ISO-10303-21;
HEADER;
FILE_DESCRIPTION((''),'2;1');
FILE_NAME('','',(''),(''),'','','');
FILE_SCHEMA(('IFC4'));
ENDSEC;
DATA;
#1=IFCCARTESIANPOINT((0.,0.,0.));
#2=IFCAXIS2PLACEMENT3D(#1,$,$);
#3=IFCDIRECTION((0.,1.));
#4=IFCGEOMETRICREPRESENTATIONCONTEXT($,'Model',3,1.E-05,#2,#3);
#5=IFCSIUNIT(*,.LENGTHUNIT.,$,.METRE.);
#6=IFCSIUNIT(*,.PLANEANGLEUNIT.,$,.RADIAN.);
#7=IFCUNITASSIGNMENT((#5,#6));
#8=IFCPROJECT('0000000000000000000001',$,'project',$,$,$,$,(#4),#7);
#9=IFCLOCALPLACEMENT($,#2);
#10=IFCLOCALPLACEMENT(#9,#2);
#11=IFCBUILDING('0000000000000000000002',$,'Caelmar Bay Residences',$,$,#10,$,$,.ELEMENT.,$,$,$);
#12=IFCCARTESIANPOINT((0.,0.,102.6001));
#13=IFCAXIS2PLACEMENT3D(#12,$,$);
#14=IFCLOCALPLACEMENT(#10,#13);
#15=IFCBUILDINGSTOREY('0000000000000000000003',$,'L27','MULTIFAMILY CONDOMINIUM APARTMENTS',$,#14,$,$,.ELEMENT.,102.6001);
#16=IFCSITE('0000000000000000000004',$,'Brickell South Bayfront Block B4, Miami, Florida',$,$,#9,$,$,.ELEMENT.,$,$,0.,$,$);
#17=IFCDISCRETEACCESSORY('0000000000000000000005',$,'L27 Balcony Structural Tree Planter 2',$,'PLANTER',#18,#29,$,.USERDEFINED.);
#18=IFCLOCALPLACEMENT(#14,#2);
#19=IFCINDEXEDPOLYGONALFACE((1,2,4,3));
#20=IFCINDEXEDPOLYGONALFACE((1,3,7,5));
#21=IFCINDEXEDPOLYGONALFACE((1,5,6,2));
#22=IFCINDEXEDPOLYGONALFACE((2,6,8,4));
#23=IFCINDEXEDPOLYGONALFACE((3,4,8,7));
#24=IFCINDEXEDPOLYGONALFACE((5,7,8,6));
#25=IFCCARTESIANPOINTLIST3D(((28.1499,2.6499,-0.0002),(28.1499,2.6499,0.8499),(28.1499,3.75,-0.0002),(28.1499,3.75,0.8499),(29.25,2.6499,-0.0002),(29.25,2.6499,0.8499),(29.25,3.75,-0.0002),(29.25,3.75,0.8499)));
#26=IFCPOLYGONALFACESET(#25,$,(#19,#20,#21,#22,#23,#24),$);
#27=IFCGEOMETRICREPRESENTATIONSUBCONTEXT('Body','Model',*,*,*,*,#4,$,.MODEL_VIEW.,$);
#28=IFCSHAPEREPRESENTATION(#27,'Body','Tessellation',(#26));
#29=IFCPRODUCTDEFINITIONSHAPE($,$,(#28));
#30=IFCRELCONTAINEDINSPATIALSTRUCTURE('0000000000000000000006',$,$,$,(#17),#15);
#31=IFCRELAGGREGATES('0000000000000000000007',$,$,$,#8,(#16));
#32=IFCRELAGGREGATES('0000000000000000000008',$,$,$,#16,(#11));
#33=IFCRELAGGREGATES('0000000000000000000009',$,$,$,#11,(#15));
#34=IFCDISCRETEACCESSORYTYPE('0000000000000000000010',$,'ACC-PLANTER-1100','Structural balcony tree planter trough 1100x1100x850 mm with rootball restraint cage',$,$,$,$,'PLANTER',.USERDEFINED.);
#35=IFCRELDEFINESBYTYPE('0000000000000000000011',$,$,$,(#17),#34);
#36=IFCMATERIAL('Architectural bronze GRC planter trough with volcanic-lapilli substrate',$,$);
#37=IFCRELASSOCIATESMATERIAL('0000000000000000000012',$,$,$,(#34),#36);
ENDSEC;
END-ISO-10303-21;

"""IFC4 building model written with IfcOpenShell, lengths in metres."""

from ifc_helpers import new_model, si_unit, direction, frame, origin, origin_2d, place, context, subcontext, project, spatial, rectangle, extrude, material, type_object, element, save


model = new_model("IFC4")

# Units and contexts
model_context = context("Model", 3, precision=1e-05, world=origin(), true_north=direction((0.0, 1.0)))
body_context = subcontext(model_context, "Body", "Model", "MODEL_VIEW")
ifc_project = project(units=[si_unit("LENGTHUNIT", "METRE"), si_unit("PLANEANGLEUNIT", "RADIAN")], contexts=[model_context])

# Site, building, storey
site_placement = place(None, origin())
site = spatial("IfcSite", under=ifc_project, at=site_placement, Name="Brickell South Bayfront Block B4, Miami, Florida", CompositionType="ELEMENT", RefElevation=0.0)
building_placement = place(site_placement, origin())
building = spatial("IfcBuilding", under=site, at=building_placement, Name="Caelmar Bay Residences", CompositionType="ELEMENT")
storey_placement = place(building_placement, frame((0.0, 0.0, 102.6001)))
storey = spatial("IfcBuildingStorey", under=building, at=storey_placement, Name="L27", Description="MULTIFAMILY CONDOMINIUM APARTMENTS", CompositionType="ELEMENT", Elevation=102.6001)

# Discrete accessory
ifc_material_1 = material(Name="Architectural bronze GRC planter trough with volcanic-lapilli substrate")
discrete_accessory_type = type_object("IfcDiscreteAccessoryType", Name="ACC-PLANTER-1100", Description="Structural balcony tree planter trough 1100x1100x850 mm with rootball restraint cage", ElementType="PLANTER", PredefinedType="USERDEFINED", material=ifc_material_1)
discrete_accessory_placement = place(storey_placement, frame((28.7, 3.2, -0.0002), z_axis=(0.0, 0.0, 1.0), x_axis=(1.0, 0.0, 0.0)))
element("IfcDiscreteAccessory", 1, at=discrete_accessory_placement, inside=storey, type_object=discrete_accessory_type, Name="L27 Balcony Structural Tree Planter 2", ObjectType="PLANTER", PredefinedType="USERDEFINED", context=body_context, shape_type="SweptSolid", body=[
    extrude(rectangle(XDim=1.1001, YDim=1.1001, at=origin_2d()), origin(), (0.0, 0.0, 1.0), 0.8501),
])

save(model, "model.ifc")
